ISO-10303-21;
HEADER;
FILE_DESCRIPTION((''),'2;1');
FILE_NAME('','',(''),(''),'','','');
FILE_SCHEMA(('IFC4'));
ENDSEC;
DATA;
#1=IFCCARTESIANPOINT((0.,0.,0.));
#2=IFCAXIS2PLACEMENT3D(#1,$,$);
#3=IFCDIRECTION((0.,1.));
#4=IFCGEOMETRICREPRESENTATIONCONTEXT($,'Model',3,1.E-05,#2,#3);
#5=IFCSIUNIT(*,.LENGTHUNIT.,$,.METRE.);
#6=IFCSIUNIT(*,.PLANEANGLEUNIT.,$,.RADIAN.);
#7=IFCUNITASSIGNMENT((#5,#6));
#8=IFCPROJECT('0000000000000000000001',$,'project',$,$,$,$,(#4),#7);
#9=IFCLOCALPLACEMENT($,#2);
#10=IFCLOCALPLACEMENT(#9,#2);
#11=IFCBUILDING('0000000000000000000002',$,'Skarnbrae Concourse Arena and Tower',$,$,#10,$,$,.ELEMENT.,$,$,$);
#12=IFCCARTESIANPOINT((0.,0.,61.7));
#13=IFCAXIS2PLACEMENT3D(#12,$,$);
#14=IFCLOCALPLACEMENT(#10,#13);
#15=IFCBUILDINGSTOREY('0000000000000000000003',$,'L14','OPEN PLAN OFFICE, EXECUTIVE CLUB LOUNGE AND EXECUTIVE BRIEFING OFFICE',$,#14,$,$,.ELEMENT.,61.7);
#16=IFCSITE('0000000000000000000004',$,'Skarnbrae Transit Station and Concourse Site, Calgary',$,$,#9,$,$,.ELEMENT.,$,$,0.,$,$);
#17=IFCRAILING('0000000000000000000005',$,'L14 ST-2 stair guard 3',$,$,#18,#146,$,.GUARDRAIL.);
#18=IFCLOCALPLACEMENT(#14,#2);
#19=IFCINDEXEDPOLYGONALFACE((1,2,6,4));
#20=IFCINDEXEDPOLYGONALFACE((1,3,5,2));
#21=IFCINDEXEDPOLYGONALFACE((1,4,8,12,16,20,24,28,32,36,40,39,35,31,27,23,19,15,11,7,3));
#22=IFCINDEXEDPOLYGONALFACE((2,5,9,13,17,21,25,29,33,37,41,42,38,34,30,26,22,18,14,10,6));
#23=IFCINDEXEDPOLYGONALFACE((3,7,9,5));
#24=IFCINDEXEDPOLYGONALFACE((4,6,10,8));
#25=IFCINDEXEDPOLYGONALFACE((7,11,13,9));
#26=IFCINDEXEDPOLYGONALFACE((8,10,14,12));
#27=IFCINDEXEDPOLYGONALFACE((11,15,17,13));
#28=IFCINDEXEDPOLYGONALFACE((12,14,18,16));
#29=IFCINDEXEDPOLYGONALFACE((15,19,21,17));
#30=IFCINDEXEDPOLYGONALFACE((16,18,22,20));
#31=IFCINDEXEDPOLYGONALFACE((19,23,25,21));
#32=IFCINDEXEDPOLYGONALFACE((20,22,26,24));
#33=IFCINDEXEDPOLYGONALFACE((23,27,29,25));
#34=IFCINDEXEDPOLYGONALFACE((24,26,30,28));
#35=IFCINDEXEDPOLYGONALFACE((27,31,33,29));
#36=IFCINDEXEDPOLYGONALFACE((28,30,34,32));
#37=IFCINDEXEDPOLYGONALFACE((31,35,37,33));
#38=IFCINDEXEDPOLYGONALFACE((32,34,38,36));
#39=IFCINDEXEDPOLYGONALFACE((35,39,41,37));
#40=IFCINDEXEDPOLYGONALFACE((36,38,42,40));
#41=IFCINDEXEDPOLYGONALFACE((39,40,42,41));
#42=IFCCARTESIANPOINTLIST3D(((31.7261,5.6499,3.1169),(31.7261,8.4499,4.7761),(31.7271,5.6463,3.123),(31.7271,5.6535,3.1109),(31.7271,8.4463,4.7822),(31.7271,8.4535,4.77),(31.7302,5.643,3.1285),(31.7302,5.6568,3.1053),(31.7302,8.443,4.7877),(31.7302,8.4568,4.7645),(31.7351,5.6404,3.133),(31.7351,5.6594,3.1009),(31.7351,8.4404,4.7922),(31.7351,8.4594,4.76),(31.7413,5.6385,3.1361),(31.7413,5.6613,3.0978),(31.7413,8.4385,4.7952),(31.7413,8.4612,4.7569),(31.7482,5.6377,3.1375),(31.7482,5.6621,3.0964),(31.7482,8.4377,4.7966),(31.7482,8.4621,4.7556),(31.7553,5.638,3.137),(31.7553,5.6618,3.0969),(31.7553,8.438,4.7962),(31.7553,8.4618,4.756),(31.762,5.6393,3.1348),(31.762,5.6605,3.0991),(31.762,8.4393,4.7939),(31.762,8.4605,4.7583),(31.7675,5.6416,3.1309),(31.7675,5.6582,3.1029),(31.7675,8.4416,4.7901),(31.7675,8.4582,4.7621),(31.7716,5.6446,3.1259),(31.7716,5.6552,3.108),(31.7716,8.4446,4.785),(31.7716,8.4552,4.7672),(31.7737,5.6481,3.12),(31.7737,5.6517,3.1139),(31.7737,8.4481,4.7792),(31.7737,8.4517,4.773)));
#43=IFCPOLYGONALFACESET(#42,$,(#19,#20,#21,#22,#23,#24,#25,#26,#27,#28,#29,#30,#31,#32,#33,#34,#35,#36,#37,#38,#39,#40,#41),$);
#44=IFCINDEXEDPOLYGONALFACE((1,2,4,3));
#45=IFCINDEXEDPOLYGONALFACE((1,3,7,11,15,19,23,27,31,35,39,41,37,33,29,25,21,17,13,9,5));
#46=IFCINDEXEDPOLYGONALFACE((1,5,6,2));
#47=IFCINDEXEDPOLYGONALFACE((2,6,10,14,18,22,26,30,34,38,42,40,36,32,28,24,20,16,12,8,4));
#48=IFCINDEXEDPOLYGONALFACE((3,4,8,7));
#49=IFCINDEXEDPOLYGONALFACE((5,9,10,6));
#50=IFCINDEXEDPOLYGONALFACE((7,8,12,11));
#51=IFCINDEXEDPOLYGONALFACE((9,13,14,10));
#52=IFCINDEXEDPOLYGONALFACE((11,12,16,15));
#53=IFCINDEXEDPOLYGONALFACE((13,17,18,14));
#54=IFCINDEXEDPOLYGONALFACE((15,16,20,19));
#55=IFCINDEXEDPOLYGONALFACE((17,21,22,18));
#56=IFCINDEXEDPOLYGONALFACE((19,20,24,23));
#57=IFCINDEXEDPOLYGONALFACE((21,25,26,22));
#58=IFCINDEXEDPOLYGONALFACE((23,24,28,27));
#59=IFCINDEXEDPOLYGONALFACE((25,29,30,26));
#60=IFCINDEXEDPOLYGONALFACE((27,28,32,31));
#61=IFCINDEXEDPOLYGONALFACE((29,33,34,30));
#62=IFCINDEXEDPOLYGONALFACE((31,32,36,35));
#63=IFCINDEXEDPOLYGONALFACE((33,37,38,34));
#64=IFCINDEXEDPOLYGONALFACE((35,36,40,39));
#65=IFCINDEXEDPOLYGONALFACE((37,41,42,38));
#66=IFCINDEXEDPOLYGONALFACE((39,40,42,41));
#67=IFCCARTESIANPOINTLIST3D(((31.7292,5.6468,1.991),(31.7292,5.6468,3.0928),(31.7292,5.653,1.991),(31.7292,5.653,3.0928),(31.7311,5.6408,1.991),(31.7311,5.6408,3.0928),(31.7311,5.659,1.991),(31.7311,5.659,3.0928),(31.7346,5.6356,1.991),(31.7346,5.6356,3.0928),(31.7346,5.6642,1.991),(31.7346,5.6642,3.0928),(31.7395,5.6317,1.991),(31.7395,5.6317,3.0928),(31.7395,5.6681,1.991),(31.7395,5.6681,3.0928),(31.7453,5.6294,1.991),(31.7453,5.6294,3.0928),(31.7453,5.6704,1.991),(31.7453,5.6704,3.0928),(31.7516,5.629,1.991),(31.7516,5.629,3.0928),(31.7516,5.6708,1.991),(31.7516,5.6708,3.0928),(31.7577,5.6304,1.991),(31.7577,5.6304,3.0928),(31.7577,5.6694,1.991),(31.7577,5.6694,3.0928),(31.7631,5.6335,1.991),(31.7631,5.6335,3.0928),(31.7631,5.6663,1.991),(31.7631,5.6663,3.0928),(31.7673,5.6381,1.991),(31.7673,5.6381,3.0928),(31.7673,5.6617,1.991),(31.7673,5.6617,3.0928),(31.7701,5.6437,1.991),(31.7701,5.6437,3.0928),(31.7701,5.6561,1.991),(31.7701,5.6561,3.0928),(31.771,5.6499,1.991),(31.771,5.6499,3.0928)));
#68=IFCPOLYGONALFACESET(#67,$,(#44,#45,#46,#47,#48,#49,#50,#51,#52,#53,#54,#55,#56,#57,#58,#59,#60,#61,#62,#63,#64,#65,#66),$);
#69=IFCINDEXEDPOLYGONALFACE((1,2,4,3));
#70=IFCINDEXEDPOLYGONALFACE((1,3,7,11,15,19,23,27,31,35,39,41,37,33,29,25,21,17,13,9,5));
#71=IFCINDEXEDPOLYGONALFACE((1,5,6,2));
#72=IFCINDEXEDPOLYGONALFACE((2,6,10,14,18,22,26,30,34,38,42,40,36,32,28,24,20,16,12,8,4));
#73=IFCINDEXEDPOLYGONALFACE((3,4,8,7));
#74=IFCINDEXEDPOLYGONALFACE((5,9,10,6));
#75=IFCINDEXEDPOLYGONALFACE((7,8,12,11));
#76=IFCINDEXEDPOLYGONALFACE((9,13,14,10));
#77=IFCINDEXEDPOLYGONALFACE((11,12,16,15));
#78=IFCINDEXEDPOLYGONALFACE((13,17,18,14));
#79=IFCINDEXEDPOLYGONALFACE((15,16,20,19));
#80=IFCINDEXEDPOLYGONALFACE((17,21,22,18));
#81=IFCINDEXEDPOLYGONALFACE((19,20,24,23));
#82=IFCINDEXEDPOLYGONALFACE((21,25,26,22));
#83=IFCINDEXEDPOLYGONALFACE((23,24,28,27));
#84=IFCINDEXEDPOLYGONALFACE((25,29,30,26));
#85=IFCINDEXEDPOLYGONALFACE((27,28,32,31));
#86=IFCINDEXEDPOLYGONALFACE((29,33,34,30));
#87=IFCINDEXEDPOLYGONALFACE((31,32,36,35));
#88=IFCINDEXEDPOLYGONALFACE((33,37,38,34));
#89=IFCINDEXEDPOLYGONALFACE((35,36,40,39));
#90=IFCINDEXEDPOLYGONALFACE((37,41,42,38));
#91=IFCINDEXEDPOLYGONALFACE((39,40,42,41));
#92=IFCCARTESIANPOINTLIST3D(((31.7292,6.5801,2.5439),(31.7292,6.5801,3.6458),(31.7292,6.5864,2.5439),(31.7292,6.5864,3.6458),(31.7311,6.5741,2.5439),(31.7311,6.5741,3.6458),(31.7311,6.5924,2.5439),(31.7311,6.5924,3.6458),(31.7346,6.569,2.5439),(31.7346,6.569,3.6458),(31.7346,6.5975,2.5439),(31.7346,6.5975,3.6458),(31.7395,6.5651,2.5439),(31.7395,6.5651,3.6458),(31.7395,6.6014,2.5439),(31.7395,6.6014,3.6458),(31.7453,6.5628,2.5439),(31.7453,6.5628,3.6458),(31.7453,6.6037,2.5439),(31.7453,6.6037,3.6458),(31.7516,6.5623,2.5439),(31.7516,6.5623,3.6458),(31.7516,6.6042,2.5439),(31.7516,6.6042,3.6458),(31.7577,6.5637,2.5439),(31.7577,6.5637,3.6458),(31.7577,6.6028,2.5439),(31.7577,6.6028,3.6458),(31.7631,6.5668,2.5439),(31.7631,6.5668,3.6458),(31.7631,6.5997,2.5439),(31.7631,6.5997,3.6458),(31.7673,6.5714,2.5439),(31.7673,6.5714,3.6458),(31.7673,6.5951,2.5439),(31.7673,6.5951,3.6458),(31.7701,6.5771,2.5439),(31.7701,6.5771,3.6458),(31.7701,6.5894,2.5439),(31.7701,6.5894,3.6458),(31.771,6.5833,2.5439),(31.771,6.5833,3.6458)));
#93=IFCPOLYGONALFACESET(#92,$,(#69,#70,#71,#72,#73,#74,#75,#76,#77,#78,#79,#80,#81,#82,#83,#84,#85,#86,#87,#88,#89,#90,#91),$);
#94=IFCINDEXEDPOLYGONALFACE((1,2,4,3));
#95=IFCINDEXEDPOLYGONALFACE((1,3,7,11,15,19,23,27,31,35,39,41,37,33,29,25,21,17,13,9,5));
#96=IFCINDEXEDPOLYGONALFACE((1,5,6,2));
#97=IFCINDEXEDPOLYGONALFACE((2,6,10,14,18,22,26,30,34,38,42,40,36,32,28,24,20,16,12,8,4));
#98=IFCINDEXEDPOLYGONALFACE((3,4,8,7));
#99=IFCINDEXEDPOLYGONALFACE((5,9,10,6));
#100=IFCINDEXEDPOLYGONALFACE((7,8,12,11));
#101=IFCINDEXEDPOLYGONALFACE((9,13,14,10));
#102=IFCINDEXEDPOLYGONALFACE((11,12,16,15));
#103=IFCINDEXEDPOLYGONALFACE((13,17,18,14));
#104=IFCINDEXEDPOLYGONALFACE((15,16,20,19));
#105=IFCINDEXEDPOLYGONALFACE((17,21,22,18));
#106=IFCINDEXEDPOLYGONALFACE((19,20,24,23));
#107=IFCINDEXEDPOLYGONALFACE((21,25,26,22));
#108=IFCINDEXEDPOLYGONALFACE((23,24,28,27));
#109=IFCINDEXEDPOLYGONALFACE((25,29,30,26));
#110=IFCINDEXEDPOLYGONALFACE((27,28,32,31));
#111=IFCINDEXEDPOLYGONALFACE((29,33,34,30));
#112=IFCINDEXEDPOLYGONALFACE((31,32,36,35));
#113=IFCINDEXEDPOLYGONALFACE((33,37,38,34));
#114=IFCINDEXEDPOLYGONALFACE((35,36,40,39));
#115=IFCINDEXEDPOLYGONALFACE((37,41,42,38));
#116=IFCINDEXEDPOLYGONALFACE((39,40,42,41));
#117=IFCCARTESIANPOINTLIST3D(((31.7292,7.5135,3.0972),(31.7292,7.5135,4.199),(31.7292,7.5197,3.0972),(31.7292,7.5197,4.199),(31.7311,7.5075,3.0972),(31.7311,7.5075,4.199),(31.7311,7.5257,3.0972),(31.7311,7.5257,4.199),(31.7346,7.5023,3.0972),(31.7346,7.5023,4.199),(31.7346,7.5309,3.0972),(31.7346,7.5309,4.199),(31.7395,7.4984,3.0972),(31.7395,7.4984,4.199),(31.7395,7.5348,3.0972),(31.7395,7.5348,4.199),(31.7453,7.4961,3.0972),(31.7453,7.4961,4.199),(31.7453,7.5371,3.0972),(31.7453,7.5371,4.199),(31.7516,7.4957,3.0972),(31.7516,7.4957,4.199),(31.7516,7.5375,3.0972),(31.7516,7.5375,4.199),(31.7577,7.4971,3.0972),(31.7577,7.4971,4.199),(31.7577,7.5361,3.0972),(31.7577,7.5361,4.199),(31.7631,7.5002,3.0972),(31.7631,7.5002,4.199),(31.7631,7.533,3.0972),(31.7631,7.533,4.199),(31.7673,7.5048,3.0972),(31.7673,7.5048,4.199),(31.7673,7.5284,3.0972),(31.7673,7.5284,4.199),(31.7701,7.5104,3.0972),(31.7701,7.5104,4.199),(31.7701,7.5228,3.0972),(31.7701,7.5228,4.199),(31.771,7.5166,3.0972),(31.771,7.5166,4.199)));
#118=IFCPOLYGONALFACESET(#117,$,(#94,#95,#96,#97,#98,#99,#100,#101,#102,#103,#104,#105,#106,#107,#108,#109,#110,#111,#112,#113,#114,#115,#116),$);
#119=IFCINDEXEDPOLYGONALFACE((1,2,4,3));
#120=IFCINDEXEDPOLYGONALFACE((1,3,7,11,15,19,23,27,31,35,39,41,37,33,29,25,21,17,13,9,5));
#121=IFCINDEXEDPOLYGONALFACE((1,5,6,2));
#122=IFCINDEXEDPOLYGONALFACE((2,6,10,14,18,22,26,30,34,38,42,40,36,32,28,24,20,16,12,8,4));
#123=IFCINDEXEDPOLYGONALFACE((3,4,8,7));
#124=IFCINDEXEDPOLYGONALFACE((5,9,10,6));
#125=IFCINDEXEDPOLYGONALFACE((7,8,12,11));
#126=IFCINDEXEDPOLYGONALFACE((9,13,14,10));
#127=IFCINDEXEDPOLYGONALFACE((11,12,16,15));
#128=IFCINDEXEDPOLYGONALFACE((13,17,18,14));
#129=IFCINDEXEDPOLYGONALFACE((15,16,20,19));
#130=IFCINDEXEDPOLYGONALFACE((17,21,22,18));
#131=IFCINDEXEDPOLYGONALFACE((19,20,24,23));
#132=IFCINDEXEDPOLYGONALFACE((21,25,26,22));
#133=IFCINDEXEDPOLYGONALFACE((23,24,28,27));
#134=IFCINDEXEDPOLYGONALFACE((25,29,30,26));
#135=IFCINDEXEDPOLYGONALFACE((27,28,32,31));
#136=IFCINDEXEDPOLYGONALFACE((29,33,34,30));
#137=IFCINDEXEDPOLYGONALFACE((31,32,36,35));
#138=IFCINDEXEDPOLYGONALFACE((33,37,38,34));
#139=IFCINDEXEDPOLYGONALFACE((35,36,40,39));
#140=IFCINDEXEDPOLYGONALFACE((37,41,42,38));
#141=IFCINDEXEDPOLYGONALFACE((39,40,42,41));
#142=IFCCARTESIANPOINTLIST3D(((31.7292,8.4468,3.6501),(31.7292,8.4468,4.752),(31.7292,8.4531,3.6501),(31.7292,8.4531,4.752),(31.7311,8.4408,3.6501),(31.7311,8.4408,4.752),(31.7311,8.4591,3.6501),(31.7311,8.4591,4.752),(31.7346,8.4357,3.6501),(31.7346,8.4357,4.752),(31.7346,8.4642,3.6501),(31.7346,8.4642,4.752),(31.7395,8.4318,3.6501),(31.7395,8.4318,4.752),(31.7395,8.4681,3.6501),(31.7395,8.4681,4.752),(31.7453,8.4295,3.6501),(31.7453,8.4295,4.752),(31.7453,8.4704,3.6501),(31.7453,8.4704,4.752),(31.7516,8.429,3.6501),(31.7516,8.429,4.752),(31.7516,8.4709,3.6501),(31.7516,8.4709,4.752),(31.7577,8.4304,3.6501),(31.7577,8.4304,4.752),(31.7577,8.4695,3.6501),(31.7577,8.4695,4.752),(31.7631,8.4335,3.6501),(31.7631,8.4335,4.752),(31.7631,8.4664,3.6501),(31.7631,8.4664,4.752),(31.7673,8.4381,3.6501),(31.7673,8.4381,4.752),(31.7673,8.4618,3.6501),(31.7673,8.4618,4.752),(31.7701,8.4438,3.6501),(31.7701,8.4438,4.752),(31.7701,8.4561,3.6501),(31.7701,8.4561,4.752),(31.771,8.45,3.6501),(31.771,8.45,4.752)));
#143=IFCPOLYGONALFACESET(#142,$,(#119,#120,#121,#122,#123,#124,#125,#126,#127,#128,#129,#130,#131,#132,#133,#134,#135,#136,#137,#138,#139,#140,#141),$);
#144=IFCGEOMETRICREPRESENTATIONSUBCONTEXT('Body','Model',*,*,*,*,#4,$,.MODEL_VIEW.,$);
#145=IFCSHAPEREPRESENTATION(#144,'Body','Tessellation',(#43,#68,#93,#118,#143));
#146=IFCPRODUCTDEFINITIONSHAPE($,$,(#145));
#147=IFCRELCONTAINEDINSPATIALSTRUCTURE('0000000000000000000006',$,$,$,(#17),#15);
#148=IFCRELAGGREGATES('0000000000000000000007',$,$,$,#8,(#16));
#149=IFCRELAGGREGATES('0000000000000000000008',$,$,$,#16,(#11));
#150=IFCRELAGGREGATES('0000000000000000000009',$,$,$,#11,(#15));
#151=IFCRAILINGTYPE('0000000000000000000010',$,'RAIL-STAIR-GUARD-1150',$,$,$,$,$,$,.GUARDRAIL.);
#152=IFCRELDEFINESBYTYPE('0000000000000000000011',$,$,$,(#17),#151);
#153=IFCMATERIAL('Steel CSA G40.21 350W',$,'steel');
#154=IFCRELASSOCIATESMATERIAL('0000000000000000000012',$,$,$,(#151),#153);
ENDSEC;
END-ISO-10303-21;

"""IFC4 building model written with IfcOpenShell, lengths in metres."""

from ifc_helpers import new_model, si_unit, direction, frame, origin, origin_2d, place, context, subcontext, project, spatial, circle, extrude, material, type_object, element, save


model = new_model("IFC4")

# Units and contexts
model_context = context("Model", 3, precision=1e-05, world=origin(), true_north=direction((0.0, 1.0)))
body_context = subcontext(model_context, "Body", "Model", "MODEL_VIEW")
ifc_project = project(units=[si_unit("LENGTHUNIT", "METRE"), si_unit("PLANEANGLEUNIT", "RADIAN")], contexts=[model_context])

# Site, building, storey
site_placement = place(None, origin())
site = spatial("IfcSite", under=ifc_project, at=site_placement, Name="Skarnbrae Transit Station and Concourse Site, Calgary", CompositionType="ELEMENT", RefElevation=0.0)
building_placement = place(site_placement, origin())
building = spatial("IfcBuilding", under=site, at=building_placement, Name="Skarnbrae Concourse Arena and Tower", CompositionType="ELEMENT")
storey_placement = place(building_placement, frame((0.0, 0.0, 61.7)))
storey = spatial("IfcBuildingStorey", under=building, at=storey_placement, Name="L14", Description="OPEN PLAN OFFICE, EXECUTIVE CLUB LOUNGE AND EXECUTIVE BRIEFING OFFICE", CompositionType="ELEMENT", Elevation=61.7)

# Shared definitions
ifc_material_1 = material(Name="Steel CSA G40.21 350W", Category="steel")

# Railing
railing_type_1 = type_object("IfcRailingType", Name="RAIL-STAIR-GUARD-1150", PredefinedType="GUARDRAIL", material=ifc_material_1)
railing_1_placement = place(storey_placement, frame((31.75, 5.6499, 1.991)))
element("IfcRailing", 1, at=railing_1_placement, inside=storey, type_object=railing_type_1, Name="L14 ST-2 stair guard 3", PredefinedType="GUARDRAIL", context=body_context, shape_type="SweptSolid", body=[
    extrude(circle(Radius=0.0239, at=origin_2d()), frame((0.0, 0.0, 1.126), z_axis=(0.0, 0.860306, 0.509778), x_axis=(-1.0, 0.0, 0.0)), (0.0, 0.0, 1.0), 3.2546),
    extrude(circle(Radius=0.021, at=origin_2d()), origin(), (0.0, 0.0, 1.0), 1.1018),
    extrude(circle(Radius=0.021, at=origin_2d()), frame((0.0, 0.9333, 0.553)), (0.0, 0.0, 1.0), 1.1018),
    extrude(circle(Radius=0.021, at=origin_2d()), frame((0.0, 1.8667, 1.1062)), (0.0, 0.0, 1.0), 1.1018),
    extrude(circle(Radius=0.021, at=origin_2d()), frame((0.0, 2.8, 1.6592)), (0.0, 0.0, 1.0), 1.1018),
])

save(model, "model.ifc")
